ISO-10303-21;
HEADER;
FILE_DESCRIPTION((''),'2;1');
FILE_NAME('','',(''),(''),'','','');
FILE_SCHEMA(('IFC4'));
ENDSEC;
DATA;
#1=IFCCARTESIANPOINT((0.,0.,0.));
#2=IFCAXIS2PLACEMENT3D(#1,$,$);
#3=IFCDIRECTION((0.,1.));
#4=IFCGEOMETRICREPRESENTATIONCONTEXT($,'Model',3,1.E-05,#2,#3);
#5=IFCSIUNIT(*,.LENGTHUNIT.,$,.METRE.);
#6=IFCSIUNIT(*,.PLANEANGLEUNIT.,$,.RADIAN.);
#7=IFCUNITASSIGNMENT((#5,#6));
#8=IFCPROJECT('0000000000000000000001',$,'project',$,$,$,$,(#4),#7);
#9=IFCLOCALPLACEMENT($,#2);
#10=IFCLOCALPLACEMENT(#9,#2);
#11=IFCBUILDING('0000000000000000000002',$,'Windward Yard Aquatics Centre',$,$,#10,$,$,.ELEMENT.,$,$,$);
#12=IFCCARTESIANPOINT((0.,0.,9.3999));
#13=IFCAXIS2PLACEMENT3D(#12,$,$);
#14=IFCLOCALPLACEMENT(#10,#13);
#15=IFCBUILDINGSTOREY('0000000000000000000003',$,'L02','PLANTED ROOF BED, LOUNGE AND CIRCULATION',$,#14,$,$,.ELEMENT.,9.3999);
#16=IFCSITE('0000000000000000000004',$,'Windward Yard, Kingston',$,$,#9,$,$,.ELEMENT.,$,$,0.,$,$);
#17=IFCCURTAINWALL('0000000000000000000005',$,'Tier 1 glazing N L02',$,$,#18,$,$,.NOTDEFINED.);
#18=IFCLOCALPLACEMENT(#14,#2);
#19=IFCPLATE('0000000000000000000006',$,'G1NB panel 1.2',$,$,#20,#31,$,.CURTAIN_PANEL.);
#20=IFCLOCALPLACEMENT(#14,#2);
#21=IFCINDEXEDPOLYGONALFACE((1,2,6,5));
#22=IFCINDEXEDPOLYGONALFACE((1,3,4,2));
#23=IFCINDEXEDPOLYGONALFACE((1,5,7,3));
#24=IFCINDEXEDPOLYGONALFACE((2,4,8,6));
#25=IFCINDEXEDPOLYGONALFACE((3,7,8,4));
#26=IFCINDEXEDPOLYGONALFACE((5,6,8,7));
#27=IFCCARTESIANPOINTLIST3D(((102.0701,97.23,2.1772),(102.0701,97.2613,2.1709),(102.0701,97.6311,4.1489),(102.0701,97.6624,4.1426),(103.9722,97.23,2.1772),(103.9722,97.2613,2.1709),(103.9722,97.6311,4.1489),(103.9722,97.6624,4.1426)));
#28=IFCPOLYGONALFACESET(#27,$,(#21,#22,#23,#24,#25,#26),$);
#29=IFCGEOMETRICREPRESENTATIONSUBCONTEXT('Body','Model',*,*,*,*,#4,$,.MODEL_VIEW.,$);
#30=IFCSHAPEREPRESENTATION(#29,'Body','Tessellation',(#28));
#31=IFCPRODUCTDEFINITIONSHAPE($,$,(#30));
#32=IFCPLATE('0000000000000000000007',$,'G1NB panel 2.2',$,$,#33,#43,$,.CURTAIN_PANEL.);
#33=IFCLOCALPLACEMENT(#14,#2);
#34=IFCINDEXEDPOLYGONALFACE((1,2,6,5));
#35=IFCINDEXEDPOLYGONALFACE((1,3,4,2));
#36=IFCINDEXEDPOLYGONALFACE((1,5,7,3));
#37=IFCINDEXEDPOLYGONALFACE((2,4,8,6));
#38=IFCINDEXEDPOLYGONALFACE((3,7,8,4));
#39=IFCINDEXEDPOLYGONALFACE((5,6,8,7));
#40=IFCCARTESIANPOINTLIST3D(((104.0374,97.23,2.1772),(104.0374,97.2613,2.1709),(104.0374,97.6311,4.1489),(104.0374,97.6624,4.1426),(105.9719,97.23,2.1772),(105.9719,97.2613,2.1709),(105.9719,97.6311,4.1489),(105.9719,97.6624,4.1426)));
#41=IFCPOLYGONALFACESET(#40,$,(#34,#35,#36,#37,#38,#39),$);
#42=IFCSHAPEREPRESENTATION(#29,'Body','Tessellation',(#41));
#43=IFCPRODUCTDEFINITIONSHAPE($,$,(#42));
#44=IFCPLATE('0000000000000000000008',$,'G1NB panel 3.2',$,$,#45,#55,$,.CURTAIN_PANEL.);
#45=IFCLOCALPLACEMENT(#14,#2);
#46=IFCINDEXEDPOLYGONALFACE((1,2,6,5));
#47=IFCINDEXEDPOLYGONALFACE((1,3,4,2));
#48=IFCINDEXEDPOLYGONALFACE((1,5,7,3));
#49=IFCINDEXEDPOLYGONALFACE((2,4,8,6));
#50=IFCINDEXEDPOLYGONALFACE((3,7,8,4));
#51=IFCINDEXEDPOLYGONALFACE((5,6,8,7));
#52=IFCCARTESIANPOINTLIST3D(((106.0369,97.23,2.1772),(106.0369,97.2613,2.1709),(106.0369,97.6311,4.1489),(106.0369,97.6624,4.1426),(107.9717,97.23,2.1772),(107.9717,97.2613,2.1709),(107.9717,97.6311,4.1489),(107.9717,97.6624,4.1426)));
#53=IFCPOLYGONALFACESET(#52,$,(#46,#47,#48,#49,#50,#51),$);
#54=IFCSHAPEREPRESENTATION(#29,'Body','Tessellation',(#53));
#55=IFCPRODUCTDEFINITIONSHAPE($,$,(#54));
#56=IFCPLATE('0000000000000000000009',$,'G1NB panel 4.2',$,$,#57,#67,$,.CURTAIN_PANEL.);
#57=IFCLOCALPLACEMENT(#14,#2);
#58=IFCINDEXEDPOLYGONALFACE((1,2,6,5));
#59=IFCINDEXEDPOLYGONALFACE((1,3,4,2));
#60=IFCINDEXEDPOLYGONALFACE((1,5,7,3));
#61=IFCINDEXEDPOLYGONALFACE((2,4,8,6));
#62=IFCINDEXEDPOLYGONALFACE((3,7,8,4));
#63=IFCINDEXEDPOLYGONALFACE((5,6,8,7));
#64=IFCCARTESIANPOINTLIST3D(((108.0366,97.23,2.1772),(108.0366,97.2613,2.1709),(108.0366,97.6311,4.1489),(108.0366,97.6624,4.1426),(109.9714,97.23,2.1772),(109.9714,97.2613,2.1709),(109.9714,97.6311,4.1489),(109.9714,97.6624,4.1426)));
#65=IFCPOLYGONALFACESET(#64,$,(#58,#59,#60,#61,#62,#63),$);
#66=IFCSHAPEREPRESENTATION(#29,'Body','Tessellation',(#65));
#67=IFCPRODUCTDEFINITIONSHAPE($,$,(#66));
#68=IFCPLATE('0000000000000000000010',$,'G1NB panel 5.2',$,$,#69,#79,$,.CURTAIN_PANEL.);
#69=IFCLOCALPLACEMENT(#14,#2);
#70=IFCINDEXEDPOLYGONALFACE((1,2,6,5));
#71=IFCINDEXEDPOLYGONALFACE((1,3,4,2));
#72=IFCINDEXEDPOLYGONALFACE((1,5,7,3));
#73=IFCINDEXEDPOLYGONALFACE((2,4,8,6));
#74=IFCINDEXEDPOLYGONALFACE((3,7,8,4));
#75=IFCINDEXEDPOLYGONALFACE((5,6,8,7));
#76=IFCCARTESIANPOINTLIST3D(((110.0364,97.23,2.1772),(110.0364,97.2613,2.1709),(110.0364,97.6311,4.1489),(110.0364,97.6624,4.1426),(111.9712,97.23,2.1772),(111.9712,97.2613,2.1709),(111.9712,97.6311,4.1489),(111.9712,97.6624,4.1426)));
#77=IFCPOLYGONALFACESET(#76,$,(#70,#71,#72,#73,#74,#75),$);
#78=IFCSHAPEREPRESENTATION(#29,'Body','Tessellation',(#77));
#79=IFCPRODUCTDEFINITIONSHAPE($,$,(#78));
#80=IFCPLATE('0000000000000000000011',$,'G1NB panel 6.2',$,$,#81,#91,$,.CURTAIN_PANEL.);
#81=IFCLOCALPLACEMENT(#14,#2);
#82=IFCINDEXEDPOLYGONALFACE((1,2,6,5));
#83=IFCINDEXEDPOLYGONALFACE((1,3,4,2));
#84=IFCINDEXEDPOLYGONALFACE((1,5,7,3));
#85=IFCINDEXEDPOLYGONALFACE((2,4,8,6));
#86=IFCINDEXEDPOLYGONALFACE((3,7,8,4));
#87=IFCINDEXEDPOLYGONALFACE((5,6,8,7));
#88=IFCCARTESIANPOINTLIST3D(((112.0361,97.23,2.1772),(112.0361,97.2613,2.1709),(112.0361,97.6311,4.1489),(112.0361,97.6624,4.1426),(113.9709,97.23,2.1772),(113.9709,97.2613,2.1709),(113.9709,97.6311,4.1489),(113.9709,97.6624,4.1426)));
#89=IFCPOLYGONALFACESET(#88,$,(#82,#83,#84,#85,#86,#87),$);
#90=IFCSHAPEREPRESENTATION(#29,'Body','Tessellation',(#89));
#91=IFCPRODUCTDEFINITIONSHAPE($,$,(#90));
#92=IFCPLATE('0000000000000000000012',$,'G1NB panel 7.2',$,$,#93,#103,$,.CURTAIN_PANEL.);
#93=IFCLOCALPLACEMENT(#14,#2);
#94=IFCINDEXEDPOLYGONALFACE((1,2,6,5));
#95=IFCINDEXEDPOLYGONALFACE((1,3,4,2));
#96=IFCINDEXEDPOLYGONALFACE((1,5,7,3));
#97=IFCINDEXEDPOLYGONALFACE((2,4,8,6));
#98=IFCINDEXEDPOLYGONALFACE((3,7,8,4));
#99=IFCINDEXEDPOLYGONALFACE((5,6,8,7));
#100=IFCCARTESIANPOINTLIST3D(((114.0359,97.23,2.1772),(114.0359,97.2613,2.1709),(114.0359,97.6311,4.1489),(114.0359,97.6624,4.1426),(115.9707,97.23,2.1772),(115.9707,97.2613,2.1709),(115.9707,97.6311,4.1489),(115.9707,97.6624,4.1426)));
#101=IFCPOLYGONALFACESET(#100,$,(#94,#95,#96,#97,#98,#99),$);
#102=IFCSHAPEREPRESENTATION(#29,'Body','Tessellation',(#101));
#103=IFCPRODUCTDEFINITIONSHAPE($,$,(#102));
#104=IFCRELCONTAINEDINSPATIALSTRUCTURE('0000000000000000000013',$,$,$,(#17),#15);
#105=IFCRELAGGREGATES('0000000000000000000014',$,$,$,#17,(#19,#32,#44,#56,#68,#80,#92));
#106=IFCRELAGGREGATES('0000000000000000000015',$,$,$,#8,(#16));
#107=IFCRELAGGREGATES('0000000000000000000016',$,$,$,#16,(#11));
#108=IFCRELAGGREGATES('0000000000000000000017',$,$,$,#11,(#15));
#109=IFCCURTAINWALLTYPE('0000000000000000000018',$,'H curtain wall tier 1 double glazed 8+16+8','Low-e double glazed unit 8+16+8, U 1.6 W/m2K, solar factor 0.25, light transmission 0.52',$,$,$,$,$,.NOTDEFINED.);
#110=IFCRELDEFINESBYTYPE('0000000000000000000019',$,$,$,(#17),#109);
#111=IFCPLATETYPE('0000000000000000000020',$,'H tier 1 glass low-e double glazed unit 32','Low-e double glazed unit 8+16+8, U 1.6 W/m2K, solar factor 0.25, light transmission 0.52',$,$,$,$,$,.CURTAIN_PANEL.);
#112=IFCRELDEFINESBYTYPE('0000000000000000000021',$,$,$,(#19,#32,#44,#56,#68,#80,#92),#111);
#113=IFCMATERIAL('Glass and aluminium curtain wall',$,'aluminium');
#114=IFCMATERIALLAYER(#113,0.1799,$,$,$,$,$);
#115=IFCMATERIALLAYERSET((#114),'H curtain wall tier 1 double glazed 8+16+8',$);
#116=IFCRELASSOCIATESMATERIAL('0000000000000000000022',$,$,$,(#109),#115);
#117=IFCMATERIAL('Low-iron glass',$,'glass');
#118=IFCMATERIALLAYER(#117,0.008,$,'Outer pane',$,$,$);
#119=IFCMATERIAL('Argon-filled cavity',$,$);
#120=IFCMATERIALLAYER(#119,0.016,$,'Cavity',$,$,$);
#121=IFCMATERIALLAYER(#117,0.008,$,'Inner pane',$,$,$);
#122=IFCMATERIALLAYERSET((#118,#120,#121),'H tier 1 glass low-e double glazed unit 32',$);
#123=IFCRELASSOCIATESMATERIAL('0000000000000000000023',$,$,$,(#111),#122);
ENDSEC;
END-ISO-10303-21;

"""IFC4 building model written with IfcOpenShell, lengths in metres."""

from ifc_helpers import new_model, si_unit, direction, frame, origin, place, context, subcontext, project, spatial, polyline, outline, extrude, material, layer, layer_set, type_object, element, aggregate, save


model = new_model("IFC4")

# Units and contexts
model_context = context("Model", 3, precision=1e-05, world=origin(), true_north=direction((0.0, 1.0)))
body_context = subcontext(model_context, "Body", "Model", "MODEL_VIEW")
ifc_project = project(units=[si_unit("LENGTHUNIT", "METRE"), si_unit("PLANEANGLEUNIT", "RADIAN")], contexts=[model_context])

# Site, building, storey
site_placement = place(None, origin())
site = spatial("IfcSite", under=ifc_project, at=site_placement, Name="Windward Yard, Kingston", CompositionType="ELEMENT", RefElevation=0.0)
building_placement = place(site_placement, origin())
building = spatial("IfcBuilding", under=site, at=building_placement, Name="Windward Yard Aquatics Centre", CompositionType="ELEMENT")
storey_placement = place(building_placement, frame((0.0, 0.0, 9.3999)))
storey = spatial("IfcBuildingStorey", under=building, at=storey_placement, Name="L02", Description="PLANTED ROOF BED, LOUNGE AND CIRCULATION", CompositionType="ELEMENT", Elevation=9.3999)

# Curtain wall
ifc_material_1 = material(Name="Glass and aluminium curtain wall", Category="aluminium")
ifc_layer_1 = layer(ifc_material_1, 0.1799)
ifc_layer_set_1 = layer_set([ifc_layer_1], Name="H curtain wall tier 1 double glazed 8+16+8")
curtain_wall_type = type_object("IfcCurtainWallType", Name="H curtain wall tier 1 double glazed 8+16+8", Description="Low-e double glazed unit 8+16+8, U 1.6 W/m2K, solar factor 0.25, light transmission 0.52", PredefinedType="NOTDEFINED", material=ifc_layer_set_1)
curtain_wall_1_placement = place(storey_placement, origin())
curtain_wall_1 = element("IfcCurtainWall", 1, at=curtain_wall_1_placement, inside=storey, type_object=curtain_wall_type, Name="Tier 1 glazing N L02", PredefinedType="NOTDEFINED")

# Plates
ifc_material_2 = material(Name="Low-iron glass", Category="glass")
ifc_layer_2 = layer(ifc_material_2, 0.008, Name="Outer pane")
ifc_material_3 = material(Name="Argon-filled cavity")
ifc_layer_3 = layer(ifc_material_3, 0.016, Name="Cavity")
ifc_layer_4 = layer(ifc_material_2, 0.008, Name="Inner pane")
ifc_layer_set_2 = layer_set([ifc_layer_2, ifc_layer_3, ifc_layer_4], Name="H tier 1 glass low-e double glazed unit 32")
plate_type = type_object("IfcPlateType", Name="H tier 1 glass low-e double glazed unit 32", Description="Low-e double glazed unit 8+16+8, U 1.6 W/m2K, solar factor 0.25, light transmission 0.52", PredefinedType="CURTAIN_PANEL", material=ifc_layer_set_2)
plate_1_placement = place(storey_placement, frame((102.0701, 97.23, 2.1772), z_axis=(0.0, -0.979927, 0.199359), x_axis=(1.0, 0.0, 0.0)))
plate_1 = element("IfcPlate", 2, at=plate_1_placement, type_object=plate_type, Name="G1NB panel 1.2", PredefinedType="CURTAIN_PANEL", context=body_context, shape_type="SweptSolid", body=[
    extrude(outline(polyline([(0.0, 0.0), (1.9021, 0.0), (1.9021, 2.0121), (0.0, 2.0121), (0.0, 0.0)])), origin(), (0.0, 0.0, -1.0), 0.032),
])
plate_2_placement = place(storey_placement, frame((104.0374, 97.23, 2.1772), z_axis=(0.0, -0.979927, 0.199359), x_axis=(1.0, 0.0, 0.0)))
plate_2 = element("IfcPlate", 3, at=plate_2_placement, type_object=plate_type, Name="G1NB panel 2.2", PredefinedType="CURTAIN_PANEL", context=body_context, shape_type="SweptSolid", body=[
    extrude(outline(polyline([(0.0, 0.0), (1.9346, 0.0), (1.9346, 2.0121), (0.0, 2.0121), (0.0, 0.0)])), origin(), (0.0, 0.0, -1.0), 0.032),
])
plate_3_placement = place(storey_placement, frame((106.0369, 97.23, 2.1772), z_axis=(0.0, -0.979927, 0.199359), x_axis=(1.0, 0.0, 0.0)))
plate_3 = element("IfcPlate", 4, at=plate_3_placement, type_object=plate_type, Name="G1NB panel 3.2", PredefinedType="CURTAIN_PANEL", context=body_context, shape_type="SweptSolid", body=[
    extrude(outline(polyline([(0.0, 0.0), (1.9348, 0.0), (1.9348, 2.0121), (0.0, 2.0121), (0.0, 0.0)])), origin(), (0.0, 0.0, -1.0), 0.032),
])
plate_4_placement = place(storey_placement, frame((108.0366, 97.23, 2.1772), z_axis=(0.0, -0.979927, 0.199359), x_axis=(1.0, 0.0, 0.0)))
plate_4 = element("IfcPlate", 5, at=plate_4_placement, type_object=plate_type, Name="G1NB panel 4.2", PredefinedType="CURTAIN_PANEL", context=body_context, shape_type="SweptSolid", body=[
    extrude(outline(polyline([(0.0, 0.0), (1.9348, 0.0), (1.9348, 2.0121), (0.0, 2.0121), (0.0, 0.0)])), origin(), (0.0, 0.0, -1.0), 0.032),
])
plate_5_placement = place(storey_placement, frame((110.0364, 97.23, 2.1772), z_axis=(0.0, -0.979927, 0.199359), x_axis=(1.0, 0.0, 0.0)))
plate_5 = element("IfcPlate", 6, at=plate_5_placement, type_object=plate_type, Name="G1NB panel 5.2", PredefinedType="CURTAIN_PANEL", context=body_context, shape_type="SweptSolid", body=[
    extrude(outline(polyline([(0.0, 0.0), (1.9348, 0.0), (1.9348, 2.0121), (0.0, 2.0121), (0.0, 0.0)])), origin(), (0.0, 0.0, -1.0), 0.032),
])
plate_6_placement = place(storey_placement, frame((112.0361, 97.23, 2.1772), z_axis=(0.0, -0.979927, 0.199359), x_axis=(1.0, 0.0, 0.0)))
plate_6 = element("IfcPlate", 7, at=plate_6_placement, type_object=plate_type, Name="G1NB panel 6.2", PredefinedType="CURTAIN_PANEL", context=body_context, shape_type="SweptSolid", body=[
    extrude(outline(polyline([(0.0, 0.0), (1.9348, 0.0), (1.9348, 2.0121), (0.0, 2.0121), (0.0, 0.0)])), origin(), (0.0, 0.0, -1.0), 0.032),
])
plate_7_placement = place(storey_placement, frame((114.0359, 97.23, 2.1772), z_axis=(0.0, -0.979927, 0.199359), x_axis=(1.0, 0.0, 0.0)))
plate_7 = element("IfcPlate", 8, at=plate_7_placement, type_object=plate_type, Name="G1NB panel 7.2", PredefinedType="CURTAIN_PANEL", context=body_context, shape_type="SweptSolid", body=[
    extrude(outline(polyline([(0.0, 0.0), (1.9348, 0.0), (1.9348, 2.0121), (0.0, 2.0121), (0.0, 0.0)])), origin(), (0.0, 0.0, -1.0), 0.032),
])
aggregate(curtain_wall_1, [plate_1, plate_2, plate_3, plate_4, plate_5, plate_6, plate_7])

save(model, "model.ifc")
